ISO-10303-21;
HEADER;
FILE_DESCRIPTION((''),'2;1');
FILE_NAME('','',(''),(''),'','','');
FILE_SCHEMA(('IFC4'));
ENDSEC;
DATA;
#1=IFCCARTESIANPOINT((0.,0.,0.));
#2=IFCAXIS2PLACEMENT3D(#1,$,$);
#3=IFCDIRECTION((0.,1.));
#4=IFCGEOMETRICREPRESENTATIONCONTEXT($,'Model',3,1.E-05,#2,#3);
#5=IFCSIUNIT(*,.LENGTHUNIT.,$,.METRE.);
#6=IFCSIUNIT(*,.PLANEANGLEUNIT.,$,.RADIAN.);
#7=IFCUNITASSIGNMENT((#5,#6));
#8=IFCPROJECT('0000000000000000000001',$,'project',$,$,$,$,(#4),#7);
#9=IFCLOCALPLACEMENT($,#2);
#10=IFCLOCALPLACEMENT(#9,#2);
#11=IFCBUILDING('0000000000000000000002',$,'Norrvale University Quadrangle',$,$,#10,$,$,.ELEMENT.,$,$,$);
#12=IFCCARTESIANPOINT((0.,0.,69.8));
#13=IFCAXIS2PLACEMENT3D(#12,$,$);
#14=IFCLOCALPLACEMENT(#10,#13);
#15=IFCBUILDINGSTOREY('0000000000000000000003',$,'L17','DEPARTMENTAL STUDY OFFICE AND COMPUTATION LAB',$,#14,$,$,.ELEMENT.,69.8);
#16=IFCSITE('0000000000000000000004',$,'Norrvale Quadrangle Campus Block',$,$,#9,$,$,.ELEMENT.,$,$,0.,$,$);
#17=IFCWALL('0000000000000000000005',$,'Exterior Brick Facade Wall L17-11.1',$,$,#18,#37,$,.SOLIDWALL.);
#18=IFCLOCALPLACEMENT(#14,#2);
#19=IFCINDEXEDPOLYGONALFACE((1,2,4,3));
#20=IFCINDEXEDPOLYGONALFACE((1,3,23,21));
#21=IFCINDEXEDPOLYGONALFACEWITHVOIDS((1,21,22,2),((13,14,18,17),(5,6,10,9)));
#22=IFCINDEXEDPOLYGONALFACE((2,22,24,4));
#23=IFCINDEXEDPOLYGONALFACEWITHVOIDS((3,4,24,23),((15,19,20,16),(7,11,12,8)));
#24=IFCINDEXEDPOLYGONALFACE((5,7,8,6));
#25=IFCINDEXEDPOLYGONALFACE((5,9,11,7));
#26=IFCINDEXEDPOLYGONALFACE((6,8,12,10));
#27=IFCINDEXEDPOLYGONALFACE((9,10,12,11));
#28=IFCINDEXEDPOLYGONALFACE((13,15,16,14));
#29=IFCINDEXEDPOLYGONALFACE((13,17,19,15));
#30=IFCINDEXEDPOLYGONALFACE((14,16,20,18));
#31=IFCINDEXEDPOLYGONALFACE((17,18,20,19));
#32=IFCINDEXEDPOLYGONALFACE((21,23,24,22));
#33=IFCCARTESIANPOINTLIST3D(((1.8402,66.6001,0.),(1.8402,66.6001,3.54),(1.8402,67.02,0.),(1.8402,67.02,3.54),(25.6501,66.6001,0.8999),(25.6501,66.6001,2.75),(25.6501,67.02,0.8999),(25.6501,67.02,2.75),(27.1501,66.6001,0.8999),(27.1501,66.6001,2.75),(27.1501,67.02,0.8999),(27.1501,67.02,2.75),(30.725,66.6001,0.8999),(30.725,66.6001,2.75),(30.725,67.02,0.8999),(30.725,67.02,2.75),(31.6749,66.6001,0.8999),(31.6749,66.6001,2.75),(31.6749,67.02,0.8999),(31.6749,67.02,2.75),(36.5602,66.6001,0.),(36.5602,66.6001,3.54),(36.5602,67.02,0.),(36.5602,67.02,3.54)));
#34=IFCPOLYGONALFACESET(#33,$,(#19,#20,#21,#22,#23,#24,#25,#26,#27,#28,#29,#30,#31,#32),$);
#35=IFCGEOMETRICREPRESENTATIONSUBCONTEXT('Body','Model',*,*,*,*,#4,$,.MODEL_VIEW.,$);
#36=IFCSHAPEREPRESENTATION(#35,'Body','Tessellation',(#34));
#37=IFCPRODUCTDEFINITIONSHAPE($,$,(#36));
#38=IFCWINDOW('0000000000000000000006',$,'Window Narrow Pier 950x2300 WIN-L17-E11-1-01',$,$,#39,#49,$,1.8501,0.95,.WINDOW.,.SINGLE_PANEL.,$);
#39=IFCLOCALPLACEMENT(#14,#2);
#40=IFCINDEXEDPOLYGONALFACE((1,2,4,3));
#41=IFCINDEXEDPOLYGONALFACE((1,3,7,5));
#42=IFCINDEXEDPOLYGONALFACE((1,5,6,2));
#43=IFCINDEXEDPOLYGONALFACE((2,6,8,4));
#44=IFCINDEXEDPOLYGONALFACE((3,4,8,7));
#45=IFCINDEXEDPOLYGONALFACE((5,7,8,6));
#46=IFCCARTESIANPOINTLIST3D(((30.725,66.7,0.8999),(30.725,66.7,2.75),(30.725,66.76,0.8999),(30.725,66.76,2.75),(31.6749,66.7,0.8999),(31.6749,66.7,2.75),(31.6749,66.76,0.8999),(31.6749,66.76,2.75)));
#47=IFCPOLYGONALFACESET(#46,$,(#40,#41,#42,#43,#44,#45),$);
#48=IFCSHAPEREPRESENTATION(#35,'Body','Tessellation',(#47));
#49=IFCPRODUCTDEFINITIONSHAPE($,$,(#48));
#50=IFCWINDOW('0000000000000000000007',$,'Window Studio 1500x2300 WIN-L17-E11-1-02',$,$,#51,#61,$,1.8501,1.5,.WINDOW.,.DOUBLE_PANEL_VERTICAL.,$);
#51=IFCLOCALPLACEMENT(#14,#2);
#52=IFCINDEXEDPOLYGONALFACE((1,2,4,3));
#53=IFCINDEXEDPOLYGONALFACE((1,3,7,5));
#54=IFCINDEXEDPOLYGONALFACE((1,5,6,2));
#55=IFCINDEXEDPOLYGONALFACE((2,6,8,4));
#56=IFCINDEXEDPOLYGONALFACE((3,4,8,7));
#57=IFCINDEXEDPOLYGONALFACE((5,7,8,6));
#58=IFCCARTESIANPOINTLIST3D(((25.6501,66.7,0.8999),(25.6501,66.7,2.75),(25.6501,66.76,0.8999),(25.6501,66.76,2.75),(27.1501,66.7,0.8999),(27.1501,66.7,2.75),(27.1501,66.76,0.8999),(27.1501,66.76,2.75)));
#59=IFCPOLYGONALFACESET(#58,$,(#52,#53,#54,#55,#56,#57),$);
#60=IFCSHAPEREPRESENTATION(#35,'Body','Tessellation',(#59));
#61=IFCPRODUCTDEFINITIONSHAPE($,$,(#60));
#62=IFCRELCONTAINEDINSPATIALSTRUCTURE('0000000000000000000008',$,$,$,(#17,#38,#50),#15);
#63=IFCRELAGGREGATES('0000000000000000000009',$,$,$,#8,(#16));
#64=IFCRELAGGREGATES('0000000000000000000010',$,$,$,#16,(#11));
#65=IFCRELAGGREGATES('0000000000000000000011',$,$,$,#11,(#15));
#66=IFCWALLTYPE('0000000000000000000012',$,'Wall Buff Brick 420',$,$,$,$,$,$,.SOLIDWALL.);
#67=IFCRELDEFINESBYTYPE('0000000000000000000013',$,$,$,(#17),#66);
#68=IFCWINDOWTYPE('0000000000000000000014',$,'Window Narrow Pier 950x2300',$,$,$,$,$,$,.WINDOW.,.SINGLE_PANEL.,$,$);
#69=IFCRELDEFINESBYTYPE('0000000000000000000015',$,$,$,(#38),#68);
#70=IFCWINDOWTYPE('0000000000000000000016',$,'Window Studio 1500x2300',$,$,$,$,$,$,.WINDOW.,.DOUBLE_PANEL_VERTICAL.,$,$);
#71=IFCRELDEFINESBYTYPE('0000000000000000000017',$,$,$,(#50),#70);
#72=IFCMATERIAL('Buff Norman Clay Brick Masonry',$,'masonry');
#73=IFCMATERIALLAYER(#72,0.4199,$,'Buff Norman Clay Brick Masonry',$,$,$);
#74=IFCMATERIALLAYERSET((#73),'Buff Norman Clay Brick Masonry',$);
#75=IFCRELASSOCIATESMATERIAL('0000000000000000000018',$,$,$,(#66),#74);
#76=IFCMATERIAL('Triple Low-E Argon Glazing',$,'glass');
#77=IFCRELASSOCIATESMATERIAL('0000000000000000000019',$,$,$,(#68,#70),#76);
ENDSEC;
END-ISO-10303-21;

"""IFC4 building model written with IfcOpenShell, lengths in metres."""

from ifc_helpers import new_model, si_unit, direction, frame, frame_2d, origin, place, context, subcontext, project, spatial, rectangle, extrude, material, layer, layer_set, type_object, element, fill, save


model = new_model("IFC4")

# Units and contexts
model_context = context("Model", 3, precision=1e-05, world=origin(), true_north=direction((0.0, 1.0)))
body_context = subcontext(model_context, "Body", "Model", "MODEL_VIEW")
ifc_project = project(units=[si_unit("LENGTHUNIT", "METRE"), si_unit("PLANEANGLEUNIT", "RADIAN")], contexts=[model_context])

# Site, building, storey
site_placement = place(None, origin())
site = spatial("IfcSite", under=ifc_project, at=site_placement, Name="Norrvale Quadrangle Campus Block", CompositionType="ELEMENT", RefElevation=0.0)
building_placement = place(site_placement, origin())
building = spatial("IfcBuilding", under=site, at=building_placement, Name="Norrvale University Quadrangle", CompositionType="ELEMENT")
storey_placement = place(building_placement, frame((0.0, 0.0, 69.8)))
storey = spatial("IfcBuildingStorey", under=building, at=storey_placement, Name="L17", Description="DEPARTMENTAL STUDY OFFICE AND COMPUTATION LAB", CompositionType="ELEMENT", Elevation=69.8)

# Shared definitions
ifc_material_1 = material(Name="Buff Norman Clay Brick Masonry", Category="masonry")
ifc_layer = layer(ifc_material_1, 0.4199, Name="Buff Norman Clay Brick Masonry")
ifc_layer_set = layer_set([ifc_layer], Name="Buff Norman Clay Brick Masonry")
wall_type = type_object("IfcWallType", Name="Wall Buff Brick 420", PredefinedType="SOLIDWALL", material=ifc_layer_set)

# Wall, openings, windows
wall_placement = place(storey_placement, frame((36.5601, 66.8101, 0.0), z_axis=(0.0, 0.0, 1.0), x_axis=(-1.0, 0.0, 0.0)))
wall = element("IfcWall", 1, at=wall_placement, inside=storey, type_object=wall_type, Name="Exterior Brick Facade Wall L17-11.1", PredefinedType="SOLIDWALL", context=body_context, shape_type="SweptSolid", body=[
    extrude(rectangle(XDim=34.72, YDim=0.4199, at=frame_2d((17.3599, 0.0))), origin(), (0.0, 0.0, 1.0), 3.54),
])
opening_1_placement = place(wall_placement, frame((4.885, 0.0, 0.8999)))
opening_1 = element("IfcOpeningElement", 2, at=opening_1_placement, cuts=wall, PredefinedType="OPENING", context=body_context, shape_type="SweptSolid", body=[
    extrude(rectangle(XDim=0.95, YDim=1.8501, at=frame_2d((0.4751, 0.925))), frame((0.0, 0.2219, 0.0), z_axis=(0.0, -1.0, 0.0), x_axis=(1.0, 0.0, 0.0)), (0.0, 0.0, 1.0), 0.4438),
])
opening_2_placement = place(wall_placement, frame((9.4099, 0.0, 0.8999)))
opening_2 = element("IfcOpeningElement", 3, at=opening_2_placement, cuts=wall, PredefinedType="OPENING", context=body_context, shape_type="SweptSolid", body=[
    extrude(rectangle(XDim=1.5, YDim=1.8501, at=frame_2d((0.75, 0.925))), frame((0.0, 0.2219, 0.0), z_axis=(0.0, -1.0, 0.0), x_axis=(1.0, 0.0, 0.0)), (0.0, 0.0, 1.0), 0.4438),
])
ifc_material_2 = material(Name="Triple Low-E Argon Glazing", Category="glass")
window_type_1 = type_object("IfcWindowType", Name="Window Narrow Pier 950x2300", PartitioningType="SINGLE_PANEL", PredefinedType="WINDOW", material=ifc_material_2)
window_1_placement = place(opening_1_placement, origin())
window_1 = element("IfcWindow", 4, at=window_1_placement, inside=storey, type_object=window_type_1, Name="Window Narrow Pier 950x2300 WIN-L17-E11-1-01", OverallHeight=1.8501, OverallWidth=0.95, PartitioningType="SINGLE_PANEL", PredefinedType="WINDOW", context=body_context, shape_type="SweptSolid", body=[
    extrude(rectangle(XDim=0.95, YDim=1.8501, at=frame_2d((0.4751, 0.925))), frame((0.0, 0.1101, 0.0), z_axis=(0.0, -1.0, 0.0), x_axis=(1.0, 0.0, 0.0)), (0.0, 0.0, 1.0), 0.0601),
])
fill(opening_1, window_1)
window_type_2 = type_object("IfcWindowType", Name="Window Studio 1500x2300", PartitioningType="DOUBLE_PANEL_VERTICAL", PredefinedType="WINDOW", material=ifc_material_2)
window_2_placement = place(opening_2_placement, origin())
window_2 = element("IfcWindow", 5, at=window_2_placement, inside=storey, type_object=window_type_2, Name="Window Studio 1500x2300 WIN-L17-E11-1-02", OverallHeight=1.8501, OverallWidth=1.5, PartitioningType="DOUBLE_PANEL_VERTICAL", PredefinedType="WINDOW", context=body_context, shape_type="SweptSolid", body=[
    extrude(rectangle(XDim=1.5, YDim=1.8501, at=frame_2d((0.75, 0.925))), frame((0.0, 0.1101, 0.0), z_axis=(0.0, -1.0, 0.0), x_axis=(1.0, 0.0, 0.0)), (0.0, 0.0, 1.0), 0.0601),
])
fill(opening_2, window_2)

save(model, "model.ifc")
